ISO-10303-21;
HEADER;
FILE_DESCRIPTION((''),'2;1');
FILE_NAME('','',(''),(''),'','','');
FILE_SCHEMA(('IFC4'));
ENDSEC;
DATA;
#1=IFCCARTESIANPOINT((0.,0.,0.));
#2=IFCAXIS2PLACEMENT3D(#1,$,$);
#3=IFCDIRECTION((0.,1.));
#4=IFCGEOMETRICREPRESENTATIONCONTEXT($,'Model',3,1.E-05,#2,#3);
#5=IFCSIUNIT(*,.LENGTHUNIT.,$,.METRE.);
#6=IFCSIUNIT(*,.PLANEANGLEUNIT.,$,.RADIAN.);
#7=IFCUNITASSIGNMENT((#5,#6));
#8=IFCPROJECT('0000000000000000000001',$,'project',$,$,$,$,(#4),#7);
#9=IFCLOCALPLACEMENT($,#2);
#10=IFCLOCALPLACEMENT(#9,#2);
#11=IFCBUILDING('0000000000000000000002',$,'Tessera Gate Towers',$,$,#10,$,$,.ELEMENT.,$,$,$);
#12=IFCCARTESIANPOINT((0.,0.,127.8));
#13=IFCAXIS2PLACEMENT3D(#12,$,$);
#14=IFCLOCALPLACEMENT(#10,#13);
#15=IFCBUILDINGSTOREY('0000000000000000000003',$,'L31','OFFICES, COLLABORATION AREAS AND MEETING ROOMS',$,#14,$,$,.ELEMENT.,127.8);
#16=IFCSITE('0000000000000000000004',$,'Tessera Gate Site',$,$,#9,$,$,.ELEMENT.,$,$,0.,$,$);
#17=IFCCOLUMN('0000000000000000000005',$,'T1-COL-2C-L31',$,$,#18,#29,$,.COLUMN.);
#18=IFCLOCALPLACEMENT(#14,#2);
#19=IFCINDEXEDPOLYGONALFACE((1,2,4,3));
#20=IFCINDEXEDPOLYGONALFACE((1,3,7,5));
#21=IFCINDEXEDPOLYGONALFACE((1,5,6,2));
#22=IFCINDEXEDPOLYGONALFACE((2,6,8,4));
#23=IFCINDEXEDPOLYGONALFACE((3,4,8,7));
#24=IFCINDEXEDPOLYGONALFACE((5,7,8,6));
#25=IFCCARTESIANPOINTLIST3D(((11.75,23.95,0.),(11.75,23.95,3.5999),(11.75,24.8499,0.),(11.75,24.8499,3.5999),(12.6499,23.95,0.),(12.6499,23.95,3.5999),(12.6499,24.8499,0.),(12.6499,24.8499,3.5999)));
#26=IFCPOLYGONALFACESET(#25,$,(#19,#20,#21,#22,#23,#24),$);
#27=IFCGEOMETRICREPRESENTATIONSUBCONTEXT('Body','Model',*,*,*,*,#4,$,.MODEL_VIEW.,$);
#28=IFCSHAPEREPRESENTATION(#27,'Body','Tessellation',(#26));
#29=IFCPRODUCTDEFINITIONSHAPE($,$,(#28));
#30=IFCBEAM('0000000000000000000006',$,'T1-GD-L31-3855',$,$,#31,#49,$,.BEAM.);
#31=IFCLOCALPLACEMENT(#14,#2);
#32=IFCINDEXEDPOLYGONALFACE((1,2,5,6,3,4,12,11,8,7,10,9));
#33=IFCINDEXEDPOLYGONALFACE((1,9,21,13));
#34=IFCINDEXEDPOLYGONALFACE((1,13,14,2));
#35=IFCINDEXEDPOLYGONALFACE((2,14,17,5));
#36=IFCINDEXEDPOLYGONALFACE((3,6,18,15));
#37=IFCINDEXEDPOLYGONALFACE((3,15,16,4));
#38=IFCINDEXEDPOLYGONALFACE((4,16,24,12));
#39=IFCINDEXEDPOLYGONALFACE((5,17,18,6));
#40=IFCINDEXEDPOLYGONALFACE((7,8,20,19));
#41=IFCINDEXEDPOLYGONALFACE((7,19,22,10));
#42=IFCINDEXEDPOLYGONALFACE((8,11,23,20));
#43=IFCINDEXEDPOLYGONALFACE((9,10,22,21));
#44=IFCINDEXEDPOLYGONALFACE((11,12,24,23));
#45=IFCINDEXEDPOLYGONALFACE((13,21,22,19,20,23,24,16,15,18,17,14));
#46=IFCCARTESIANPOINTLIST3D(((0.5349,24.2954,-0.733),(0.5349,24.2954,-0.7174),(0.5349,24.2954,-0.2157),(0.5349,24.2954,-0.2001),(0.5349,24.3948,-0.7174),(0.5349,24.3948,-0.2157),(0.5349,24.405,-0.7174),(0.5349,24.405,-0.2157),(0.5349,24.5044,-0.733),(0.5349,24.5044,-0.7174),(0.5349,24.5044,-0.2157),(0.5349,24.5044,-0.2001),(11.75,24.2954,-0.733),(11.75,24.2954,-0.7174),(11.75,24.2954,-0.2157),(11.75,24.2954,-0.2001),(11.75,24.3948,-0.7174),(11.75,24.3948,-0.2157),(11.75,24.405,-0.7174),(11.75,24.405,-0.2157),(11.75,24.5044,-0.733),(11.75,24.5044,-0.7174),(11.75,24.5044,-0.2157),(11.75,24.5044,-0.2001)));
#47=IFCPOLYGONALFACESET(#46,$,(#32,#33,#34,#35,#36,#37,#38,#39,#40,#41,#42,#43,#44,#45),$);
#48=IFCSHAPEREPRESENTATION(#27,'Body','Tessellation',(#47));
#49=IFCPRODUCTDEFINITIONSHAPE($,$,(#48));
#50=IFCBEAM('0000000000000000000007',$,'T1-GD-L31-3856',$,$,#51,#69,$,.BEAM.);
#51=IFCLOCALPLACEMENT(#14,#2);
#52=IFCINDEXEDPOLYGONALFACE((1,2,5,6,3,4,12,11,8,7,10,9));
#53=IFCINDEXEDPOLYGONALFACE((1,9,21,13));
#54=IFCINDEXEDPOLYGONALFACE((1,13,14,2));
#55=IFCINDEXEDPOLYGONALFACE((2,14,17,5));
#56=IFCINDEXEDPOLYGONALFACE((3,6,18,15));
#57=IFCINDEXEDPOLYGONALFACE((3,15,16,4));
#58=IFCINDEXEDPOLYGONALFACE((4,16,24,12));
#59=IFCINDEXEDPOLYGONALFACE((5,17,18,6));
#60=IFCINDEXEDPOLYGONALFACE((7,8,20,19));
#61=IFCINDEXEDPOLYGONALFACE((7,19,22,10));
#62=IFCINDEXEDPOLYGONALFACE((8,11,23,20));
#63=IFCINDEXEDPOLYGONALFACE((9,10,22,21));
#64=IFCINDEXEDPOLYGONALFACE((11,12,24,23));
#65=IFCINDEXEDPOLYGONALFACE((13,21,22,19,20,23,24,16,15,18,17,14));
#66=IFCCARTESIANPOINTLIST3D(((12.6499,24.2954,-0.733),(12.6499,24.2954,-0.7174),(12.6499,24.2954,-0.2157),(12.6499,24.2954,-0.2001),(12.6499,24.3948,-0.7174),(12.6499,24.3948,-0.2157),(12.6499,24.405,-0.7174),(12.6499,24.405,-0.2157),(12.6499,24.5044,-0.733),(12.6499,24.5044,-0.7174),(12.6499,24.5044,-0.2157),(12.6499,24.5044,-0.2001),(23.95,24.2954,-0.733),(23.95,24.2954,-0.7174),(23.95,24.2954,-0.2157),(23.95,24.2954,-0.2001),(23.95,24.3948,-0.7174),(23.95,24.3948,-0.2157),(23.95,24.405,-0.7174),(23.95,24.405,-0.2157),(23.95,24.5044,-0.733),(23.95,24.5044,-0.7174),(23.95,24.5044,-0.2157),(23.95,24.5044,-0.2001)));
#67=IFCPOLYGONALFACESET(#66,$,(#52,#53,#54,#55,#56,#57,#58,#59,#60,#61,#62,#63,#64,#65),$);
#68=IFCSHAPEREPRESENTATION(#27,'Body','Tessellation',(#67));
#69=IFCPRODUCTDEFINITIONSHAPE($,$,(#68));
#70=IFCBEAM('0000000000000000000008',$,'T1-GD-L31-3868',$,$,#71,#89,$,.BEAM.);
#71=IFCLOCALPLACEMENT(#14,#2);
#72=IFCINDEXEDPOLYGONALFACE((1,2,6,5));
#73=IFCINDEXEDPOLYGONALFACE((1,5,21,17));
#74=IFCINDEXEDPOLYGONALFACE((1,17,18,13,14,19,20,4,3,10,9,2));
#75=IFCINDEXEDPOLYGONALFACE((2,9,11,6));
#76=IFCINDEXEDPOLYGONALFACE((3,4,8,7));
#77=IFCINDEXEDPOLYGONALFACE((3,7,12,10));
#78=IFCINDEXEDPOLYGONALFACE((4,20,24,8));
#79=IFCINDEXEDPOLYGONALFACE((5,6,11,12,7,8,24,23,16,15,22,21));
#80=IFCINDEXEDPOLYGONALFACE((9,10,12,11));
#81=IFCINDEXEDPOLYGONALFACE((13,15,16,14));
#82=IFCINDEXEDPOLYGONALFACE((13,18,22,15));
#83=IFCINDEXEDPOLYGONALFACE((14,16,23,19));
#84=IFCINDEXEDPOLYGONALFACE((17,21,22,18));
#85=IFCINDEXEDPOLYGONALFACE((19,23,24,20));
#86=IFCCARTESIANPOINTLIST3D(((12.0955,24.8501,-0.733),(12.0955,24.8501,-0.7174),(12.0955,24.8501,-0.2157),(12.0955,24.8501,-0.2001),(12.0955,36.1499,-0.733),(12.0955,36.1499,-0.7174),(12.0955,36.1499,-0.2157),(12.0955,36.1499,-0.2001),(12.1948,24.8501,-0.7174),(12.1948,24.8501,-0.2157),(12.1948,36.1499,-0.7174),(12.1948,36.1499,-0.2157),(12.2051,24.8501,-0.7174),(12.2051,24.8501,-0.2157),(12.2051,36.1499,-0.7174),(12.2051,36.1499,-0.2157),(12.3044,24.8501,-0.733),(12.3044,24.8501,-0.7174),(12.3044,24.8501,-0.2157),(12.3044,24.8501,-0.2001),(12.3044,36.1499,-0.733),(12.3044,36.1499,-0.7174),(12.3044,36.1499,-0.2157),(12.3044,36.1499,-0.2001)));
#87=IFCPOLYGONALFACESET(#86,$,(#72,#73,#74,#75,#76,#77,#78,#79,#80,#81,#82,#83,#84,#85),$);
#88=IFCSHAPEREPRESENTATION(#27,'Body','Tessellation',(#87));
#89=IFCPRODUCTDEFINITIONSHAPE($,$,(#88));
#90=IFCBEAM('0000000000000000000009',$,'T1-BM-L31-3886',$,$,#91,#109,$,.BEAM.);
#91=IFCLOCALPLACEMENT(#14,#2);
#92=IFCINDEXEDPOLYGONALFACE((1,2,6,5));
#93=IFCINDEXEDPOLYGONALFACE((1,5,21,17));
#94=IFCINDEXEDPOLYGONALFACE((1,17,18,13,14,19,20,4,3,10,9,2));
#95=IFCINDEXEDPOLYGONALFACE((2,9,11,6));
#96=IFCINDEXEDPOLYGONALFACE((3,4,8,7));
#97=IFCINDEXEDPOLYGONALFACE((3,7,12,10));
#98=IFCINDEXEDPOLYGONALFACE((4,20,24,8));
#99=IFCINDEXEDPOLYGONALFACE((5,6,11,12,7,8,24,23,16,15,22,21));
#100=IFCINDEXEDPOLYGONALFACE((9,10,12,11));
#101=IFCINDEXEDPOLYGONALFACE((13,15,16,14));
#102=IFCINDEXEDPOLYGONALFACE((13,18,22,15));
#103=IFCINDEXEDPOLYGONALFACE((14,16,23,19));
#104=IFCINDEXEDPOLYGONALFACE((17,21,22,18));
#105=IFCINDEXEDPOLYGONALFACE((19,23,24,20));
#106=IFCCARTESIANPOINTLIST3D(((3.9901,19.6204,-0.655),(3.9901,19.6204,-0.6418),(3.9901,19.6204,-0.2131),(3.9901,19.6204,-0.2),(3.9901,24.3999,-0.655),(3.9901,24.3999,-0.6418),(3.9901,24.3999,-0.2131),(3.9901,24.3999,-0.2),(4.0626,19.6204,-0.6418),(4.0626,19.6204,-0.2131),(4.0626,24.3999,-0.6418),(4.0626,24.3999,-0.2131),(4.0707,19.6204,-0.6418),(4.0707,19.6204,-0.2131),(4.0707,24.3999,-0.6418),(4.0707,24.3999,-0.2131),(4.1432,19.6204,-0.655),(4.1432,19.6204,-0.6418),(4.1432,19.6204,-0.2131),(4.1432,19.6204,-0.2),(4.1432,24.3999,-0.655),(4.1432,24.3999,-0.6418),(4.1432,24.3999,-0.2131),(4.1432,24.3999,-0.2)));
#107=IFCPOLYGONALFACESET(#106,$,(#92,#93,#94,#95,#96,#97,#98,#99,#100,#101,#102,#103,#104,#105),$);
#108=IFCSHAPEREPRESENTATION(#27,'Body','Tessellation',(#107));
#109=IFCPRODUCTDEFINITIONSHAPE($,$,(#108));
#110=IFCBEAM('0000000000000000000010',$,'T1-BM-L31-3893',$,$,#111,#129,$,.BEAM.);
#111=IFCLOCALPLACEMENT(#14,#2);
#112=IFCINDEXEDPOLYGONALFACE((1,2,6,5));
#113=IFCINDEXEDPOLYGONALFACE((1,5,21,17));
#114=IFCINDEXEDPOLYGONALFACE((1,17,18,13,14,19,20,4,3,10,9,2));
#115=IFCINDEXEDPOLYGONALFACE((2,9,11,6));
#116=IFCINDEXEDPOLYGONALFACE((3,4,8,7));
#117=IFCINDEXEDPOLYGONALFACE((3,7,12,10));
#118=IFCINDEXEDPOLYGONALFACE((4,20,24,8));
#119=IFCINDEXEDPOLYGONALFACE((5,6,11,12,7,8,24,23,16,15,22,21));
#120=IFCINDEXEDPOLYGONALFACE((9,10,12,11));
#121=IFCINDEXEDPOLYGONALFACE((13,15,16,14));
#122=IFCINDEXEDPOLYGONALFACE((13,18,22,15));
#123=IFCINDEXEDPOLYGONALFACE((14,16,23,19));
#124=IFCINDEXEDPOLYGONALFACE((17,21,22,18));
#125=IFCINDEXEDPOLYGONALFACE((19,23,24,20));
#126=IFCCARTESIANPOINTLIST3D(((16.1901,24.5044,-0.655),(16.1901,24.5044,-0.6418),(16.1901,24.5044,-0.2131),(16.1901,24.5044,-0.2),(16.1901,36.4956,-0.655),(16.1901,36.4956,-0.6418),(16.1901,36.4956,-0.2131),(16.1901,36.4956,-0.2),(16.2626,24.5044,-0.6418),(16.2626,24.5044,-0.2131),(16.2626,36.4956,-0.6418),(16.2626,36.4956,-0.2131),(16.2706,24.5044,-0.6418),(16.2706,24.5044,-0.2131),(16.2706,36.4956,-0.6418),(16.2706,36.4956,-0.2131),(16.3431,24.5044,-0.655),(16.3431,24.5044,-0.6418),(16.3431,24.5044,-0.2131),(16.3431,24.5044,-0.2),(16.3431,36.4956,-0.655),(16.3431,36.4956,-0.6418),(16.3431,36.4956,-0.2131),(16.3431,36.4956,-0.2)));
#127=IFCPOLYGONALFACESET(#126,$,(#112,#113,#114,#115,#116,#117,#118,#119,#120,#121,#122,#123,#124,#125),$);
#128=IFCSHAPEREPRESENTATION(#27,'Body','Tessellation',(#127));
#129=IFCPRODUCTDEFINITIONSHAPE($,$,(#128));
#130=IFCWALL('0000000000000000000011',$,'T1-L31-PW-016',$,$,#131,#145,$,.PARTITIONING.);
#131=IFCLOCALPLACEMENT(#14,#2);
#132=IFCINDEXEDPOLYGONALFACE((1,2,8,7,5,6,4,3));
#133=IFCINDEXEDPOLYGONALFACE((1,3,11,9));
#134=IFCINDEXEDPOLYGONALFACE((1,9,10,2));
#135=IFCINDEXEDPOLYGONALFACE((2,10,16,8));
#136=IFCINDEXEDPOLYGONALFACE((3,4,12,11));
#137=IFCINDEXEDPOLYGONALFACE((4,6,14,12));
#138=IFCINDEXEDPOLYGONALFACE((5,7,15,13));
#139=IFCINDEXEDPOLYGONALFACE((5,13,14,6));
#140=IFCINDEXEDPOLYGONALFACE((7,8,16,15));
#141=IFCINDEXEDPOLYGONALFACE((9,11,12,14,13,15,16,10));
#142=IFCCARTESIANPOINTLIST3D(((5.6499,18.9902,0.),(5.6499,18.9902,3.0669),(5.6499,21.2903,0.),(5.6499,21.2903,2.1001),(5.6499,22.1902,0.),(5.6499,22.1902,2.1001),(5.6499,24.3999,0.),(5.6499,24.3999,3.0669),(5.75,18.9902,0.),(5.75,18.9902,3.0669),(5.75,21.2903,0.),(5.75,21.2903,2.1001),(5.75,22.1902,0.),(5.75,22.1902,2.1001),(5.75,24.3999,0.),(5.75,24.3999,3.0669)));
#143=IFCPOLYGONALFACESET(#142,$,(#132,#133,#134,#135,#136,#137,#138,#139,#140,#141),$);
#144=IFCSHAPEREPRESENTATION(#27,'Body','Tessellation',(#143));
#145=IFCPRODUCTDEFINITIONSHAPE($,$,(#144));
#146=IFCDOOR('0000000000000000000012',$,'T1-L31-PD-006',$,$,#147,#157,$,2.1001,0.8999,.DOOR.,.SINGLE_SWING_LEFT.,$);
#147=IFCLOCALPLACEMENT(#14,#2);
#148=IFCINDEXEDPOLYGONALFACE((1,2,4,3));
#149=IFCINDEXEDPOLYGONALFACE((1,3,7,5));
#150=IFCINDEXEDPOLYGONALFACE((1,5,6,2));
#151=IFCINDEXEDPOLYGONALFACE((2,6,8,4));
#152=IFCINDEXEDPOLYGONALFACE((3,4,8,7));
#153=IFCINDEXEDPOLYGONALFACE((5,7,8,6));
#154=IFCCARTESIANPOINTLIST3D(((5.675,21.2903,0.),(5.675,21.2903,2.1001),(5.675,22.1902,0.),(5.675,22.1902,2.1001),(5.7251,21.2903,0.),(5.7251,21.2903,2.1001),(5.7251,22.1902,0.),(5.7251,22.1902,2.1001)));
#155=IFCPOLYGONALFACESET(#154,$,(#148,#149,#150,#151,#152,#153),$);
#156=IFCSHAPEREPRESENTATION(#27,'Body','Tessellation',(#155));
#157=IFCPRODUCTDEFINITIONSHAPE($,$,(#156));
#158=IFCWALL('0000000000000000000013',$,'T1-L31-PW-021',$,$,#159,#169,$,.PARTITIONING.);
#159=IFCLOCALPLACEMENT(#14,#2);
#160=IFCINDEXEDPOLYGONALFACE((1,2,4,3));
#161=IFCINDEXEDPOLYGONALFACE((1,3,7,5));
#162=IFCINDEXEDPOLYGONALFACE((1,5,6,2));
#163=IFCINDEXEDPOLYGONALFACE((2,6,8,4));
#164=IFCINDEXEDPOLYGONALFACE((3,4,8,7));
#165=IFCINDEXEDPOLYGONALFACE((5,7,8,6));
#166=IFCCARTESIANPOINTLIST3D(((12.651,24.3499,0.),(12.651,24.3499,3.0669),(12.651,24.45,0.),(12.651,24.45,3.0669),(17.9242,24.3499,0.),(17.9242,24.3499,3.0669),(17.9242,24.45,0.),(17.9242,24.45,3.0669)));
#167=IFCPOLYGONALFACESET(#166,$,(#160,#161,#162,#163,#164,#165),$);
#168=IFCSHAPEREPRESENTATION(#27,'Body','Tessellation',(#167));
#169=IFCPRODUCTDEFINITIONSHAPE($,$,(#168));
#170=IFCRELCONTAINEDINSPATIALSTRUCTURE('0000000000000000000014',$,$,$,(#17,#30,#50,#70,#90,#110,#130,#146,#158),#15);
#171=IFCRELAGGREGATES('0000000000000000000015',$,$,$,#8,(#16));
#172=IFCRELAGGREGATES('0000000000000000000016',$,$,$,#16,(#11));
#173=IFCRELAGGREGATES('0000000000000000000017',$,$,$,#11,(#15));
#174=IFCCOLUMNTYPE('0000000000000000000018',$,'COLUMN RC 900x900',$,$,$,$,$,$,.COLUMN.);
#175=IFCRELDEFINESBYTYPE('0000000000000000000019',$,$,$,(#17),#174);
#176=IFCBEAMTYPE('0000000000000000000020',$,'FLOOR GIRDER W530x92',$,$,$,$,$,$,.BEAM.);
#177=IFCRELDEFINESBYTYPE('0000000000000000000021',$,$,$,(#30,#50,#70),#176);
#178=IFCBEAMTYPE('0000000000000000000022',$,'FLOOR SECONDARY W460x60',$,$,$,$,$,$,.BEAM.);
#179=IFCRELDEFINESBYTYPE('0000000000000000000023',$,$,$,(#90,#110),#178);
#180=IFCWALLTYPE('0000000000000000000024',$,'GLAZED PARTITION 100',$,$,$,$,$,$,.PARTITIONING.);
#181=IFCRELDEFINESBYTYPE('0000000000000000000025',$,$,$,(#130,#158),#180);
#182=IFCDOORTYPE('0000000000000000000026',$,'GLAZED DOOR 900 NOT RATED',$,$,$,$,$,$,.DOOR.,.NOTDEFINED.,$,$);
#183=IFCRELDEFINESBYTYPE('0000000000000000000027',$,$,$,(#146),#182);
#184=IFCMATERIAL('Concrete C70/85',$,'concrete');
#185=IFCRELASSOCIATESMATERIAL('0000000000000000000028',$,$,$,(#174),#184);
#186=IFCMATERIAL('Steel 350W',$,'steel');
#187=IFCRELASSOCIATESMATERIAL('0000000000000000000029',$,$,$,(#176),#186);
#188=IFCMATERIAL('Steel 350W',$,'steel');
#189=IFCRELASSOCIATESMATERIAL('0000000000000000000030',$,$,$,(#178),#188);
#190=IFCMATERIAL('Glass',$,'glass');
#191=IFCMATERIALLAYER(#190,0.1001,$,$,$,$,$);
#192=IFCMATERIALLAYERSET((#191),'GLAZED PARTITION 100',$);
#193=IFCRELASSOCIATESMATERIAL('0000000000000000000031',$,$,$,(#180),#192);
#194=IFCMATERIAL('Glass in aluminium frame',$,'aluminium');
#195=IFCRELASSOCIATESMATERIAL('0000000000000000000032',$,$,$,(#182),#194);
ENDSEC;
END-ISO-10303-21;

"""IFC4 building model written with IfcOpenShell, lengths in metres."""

from ifc_helpers import new_model, si_unit, direction, frame, frame_2d, origin, origin_2d, place, context, subcontext, project, spatial, rectangle, i_section, extrude, source, transform, mapped, material, layer, layer_set, material_profile, profile_set, type_object, element, fill, save


model = new_model("IFC4")

# Units and contexts
model_context = context("Model", 3, precision=1e-05, world=origin(), true_north=direction((0.0, 1.0)))
body_context = subcontext(model_context, "Body", "Model", "MODEL_VIEW")
ifc_project = project(units=[si_unit("LENGTHUNIT", "METRE"), si_unit("PLANEANGLEUNIT", "RADIAN")], contexts=[model_context])

# Site, building, storey
site_placement = place(None, origin())
site = spatial("IfcSite", under=ifc_project, at=site_placement, Name="Tessera Gate Site", CompositionType="ELEMENT", RefElevation=0.0)
building_placement = place(site_placement, origin())
building = spatial("IfcBuilding", under=site, at=building_placement, Name="Tessera Gate Towers", CompositionType="ELEMENT")
storey_placement = place(building_placement, frame((0.0, 0.0, 127.8)))
storey = spatial("IfcBuildingStorey", under=building, at=storey_placement, Name="L31", Description="OFFICES, COLLABORATION AREAS AND MEETING ROOMS", CompositionType="ELEMENT", Elevation=127.8)

# Column
ifc_material_1 = material(Name="Concrete C70/85", Category="concrete")
ifc_material_profile_1 = material_profile(ifc_material_1, rectangle(XDim=0.8999, YDim=0.8999, at=origin_2d()), Name="RC 900x900")
ifc_profile_set_1 = profile_set([ifc_material_profile_1], Name="Concrete C70/85")
column_type = type_object("IfcColumnType", Name="COLUMN RC 900x900", PredefinedType="COLUMN", material=ifc_profile_set_1)
column_placement = place(storey_placement, frame((12.2, 24.3999, 0.0), z_axis=(0.0, 0.0, 1.0), x_axis=(1.0, 0.0, 0.0)))
element("IfcColumn", 1, at=column_placement, inside=storey, type_object=column_type, Name="T1-COL-2C-L31", PredefinedType="COLUMN", context=body_context, shape_type="SweptSolid", body=[
    extrude(rectangle(XDim=0.8999, YDim=0.8999, at=origin_2d()), origin(), (0.0, 0.0, 1.0), 3.5999),
])

# Beams
ifc_material_2 = material(Name="Steel 350W", Category="steel")
ifc_material_profile_2 = material_profile(ifc_material_2, i_section(OverallWidth=0.209, OverallDepth=0.533, WebThickness=0.0103, FlangeThickness=0.0156, at=origin_2d()), Name="W530x92")
ifc_profile_set_2 = profile_set([ifc_material_profile_2], Name="Steel 350W")
beam_type_1 = type_object("IfcBeamType", Name="FLOOR GIRDER W530x92", PredefinedType="BEAM", material=ifc_profile_set_2)
beam_1_placement = place(storey_placement, frame((0.5349, 24.3999, -0.4666), z_axis=(1.0, 0.0, 0.0), x_axis=(0.0, 1.0, 0.0)))
element("IfcBeam", 2, at=beam_1_placement, inside=storey, type_object=beam_type_1, Name="T1-GD-L31-3855", PredefinedType="BEAM", context=body_context, shape_type="SweptSolid", body=[
    extrude(i_section(OverallWidth=0.209, OverallDepth=0.533, WebThickness=0.0103, FlangeThickness=0.0156, at=origin_2d()), origin(), (0.0, 0.0, 1.0), 11.2151),
])
beam_2_placement = place(storey_placement, frame((12.6499, 24.3999, -0.4666), z_axis=(1.0, 0.0, 0.0), x_axis=(0.0, 1.0, 0.0)))
element("IfcBeam", 3, at=beam_2_placement, inside=storey, type_object=beam_type_1, Name="T1-GD-L31-3856", PredefinedType="BEAM", context=body_context, shape_type="SweptSolid", body=[
    extrude(i_section(OverallWidth=0.209, OverallDepth=0.533, WebThickness=0.0103, FlangeThickness=0.0156, at=origin_2d()), origin(), (0.0, 0.0, 1.0), 11.3),
])
beam_3_placement = place(storey_placement, frame((12.2, 24.8501, -0.4666), z_axis=(0.0, 1.0, 0.0), x_axis=(-1.0, 0.0, 0.0)))
element("IfcBeam", 4, at=beam_3_placement, inside=storey, type_object=beam_type_1, Name="T1-GD-L31-3868", PredefinedType="BEAM", context=body_context, shape_type="SweptSolid", body=[
    extrude(i_section(OverallWidth=0.209, OverallDepth=0.533, WebThickness=0.0103, FlangeThickness=0.0156, at=origin_2d()), origin(), (0.0, 0.0, 1.0), 11.2998),
])
ifc_material_3 = material(Name="Steel 350W", Category="steel")
ifc_material_profile_3 = material_profile(ifc_material_3, i_section(OverallWidth=0.1531, OverallDepth=0.4551, WebThickness=0.0081, FlangeThickness=0.0132, at=origin_2d()), Name="W460x60")
ifc_profile_set_3 = profile_set([ifc_material_profile_3], Name="Steel 350W")
beam_type_2 = type_object("IfcBeamType", Name="FLOOR SECONDARY W460x60", PredefinedType="BEAM", material=ifc_profile_set_3)
beam_4_placement = place(storey_placement, frame((4.0667, 19.6204, -0.4275), z_axis=(0.0, 1.0, 0.0), x_axis=(-1.0, 0.0, 0.0)))
element("IfcBeam", 5, at=beam_4_placement, inside=storey, type_object=beam_type_2, Name="T1-BM-L31-3886", PredefinedType="BEAM", context=body_context, shape_type="SweptSolid", body=[
    extrude(i_section(OverallWidth=0.1531, OverallDepth=0.4551, WebThickness=0.0081, FlangeThickness=0.0132, at=origin_2d()), origin(), (0.0, 0.0, 1.0), 4.7795),
])
beam_5_placement = place(storey_placement, frame((16.2666, 24.5044, -0.4275), z_axis=(0.0, 1.0, 0.0), x_axis=(-1.0, 0.0, 0.0)))
element("IfcBeam", 6, at=beam_5_placement, inside=storey, type_object=beam_type_2, Name="T1-BM-L31-3893", PredefinedType="BEAM", context=body_context, shape_type="SweptSolid", body=[
    extrude(i_section(OverallWidth=0.1531, OverallDepth=0.4551, WebThickness=0.0081, FlangeThickness=0.0132, at=origin_2d()), origin(), (0.0, 0.0, 1.0), 11.9912),
])

# Wall, opening, door
ifc_material_4 = material(Name="Glass", Category="glass")
ifc_layer_1 = layer(ifc_material_4, 0.1001)
ifc_layer_set_1 = layer_set([ifc_layer_1], Name="GLAZED PARTITION 100")
wall_type_1 = type_object("IfcWallType", Name="GLAZED PARTITION 100", PredefinedType="PARTITIONING", material=ifc_layer_set_1)
wall_1_placement = place(storey_placement, frame((5.7, 18.9902, 0.0), z_axis=(0.0, 0.0, 1.0), x_axis=(0.0, 1.0, 0.0)))
wall_1 = element("IfcWall", 7, at=wall_1_placement, inside=storey, type_object=wall_type_1, Name="T1-L31-PW-016", PredefinedType="PARTITIONING", context=body_context, shape_type="SweptSolid", body=[
    extrude(rectangle(XDim=5.4097, YDim=0.1001, at=frame_2d((2.7048, 0.0))), origin(), (0.0, 0.0, 1.0), 3.0669),
])
shared_shape_1 = source(origin(), body_context, "Body", "SweptSolid", [
    extrude(rectangle(XDim=0.8999, YDim=2.1001, at=frame_2d((0.45, 1.05))), frame((0.0, 0.0601, 0.0), z_axis=(0.0, -1.0, 0.0), x_axis=(1.0, 0.0, 0.0)), (0.0, 0.0, 1.0), 0.1201),
])
opening_1_placement = place(wall_1_placement, frame((2.3, 0.0, 0.0)))
opening_1 = element("IfcOpeningElement", 8, at=opening_1_placement, cuts=wall_1, PredefinedType="OPENING", context=body_context, shape_type="MappedRepresentation", body=[
    mapped(shared_shape_1, transform((0.0, 0.0, 0.0), scale=1.0)),
])
ifc_material_5 = material(Name="Glass in aluminium frame", Category="aluminium")
door_type = type_object("IfcDoorType", Name="GLAZED DOOR 900 NOT RATED", OperationType="NOTDEFINED", PredefinedType="DOOR", material=ifc_material_5)
shared_shape_2 = source(origin(), body_context, "Body", "SweptSolid", [
    extrude(rectangle(XDim=0.8999, YDim=2.1001, at=frame_2d((0.45, 1.05))), frame((0.0, 0.0249, 0.0), z_axis=(0.0, -1.0, 0.0), x_axis=(1.0, 0.0, 0.0)), (0.0, 0.0, 1.0), 0.05),
])
door_1_placement = place(opening_1_placement, origin())
door_1 = element("IfcDoor", 9, at=door_1_placement, inside=storey, type_object=door_type, Name="T1-L31-PD-006", OperationType="SINGLE_SWING_LEFT", OverallHeight=2.1001, OverallWidth=0.8999, PredefinedType="DOOR", context=body_context, shape_type="MappedRepresentation", body=[
    mapped(shared_shape_2, transform((0.0, 0.0, 0.0), scale=1.0)),
])
fill(opening_1, door_1)

# Wall
wall_2_placement = place(storey_placement, frame((12.6509, 24.3999, 0.0), z_axis=(0.0, 0.0, 1.0), x_axis=(1.0, 0.0, 0.0)))
element("IfcWall", 10, at=wall_2_placement, inside=storey, type_object=wall_type_1, Name="T1-L31-PW-021", PredefinedType="PARTITIONING", context=body_context, shape_type="SweptSolid", body=[
    extrude(rectangle(XDim=5.2732, YDim=0.1001, at=frame_2d((2.6367, 0.0))), origin(), (0.0, 0.0, 1.0), 3.0669),
])

save(model, "model.ifc")
